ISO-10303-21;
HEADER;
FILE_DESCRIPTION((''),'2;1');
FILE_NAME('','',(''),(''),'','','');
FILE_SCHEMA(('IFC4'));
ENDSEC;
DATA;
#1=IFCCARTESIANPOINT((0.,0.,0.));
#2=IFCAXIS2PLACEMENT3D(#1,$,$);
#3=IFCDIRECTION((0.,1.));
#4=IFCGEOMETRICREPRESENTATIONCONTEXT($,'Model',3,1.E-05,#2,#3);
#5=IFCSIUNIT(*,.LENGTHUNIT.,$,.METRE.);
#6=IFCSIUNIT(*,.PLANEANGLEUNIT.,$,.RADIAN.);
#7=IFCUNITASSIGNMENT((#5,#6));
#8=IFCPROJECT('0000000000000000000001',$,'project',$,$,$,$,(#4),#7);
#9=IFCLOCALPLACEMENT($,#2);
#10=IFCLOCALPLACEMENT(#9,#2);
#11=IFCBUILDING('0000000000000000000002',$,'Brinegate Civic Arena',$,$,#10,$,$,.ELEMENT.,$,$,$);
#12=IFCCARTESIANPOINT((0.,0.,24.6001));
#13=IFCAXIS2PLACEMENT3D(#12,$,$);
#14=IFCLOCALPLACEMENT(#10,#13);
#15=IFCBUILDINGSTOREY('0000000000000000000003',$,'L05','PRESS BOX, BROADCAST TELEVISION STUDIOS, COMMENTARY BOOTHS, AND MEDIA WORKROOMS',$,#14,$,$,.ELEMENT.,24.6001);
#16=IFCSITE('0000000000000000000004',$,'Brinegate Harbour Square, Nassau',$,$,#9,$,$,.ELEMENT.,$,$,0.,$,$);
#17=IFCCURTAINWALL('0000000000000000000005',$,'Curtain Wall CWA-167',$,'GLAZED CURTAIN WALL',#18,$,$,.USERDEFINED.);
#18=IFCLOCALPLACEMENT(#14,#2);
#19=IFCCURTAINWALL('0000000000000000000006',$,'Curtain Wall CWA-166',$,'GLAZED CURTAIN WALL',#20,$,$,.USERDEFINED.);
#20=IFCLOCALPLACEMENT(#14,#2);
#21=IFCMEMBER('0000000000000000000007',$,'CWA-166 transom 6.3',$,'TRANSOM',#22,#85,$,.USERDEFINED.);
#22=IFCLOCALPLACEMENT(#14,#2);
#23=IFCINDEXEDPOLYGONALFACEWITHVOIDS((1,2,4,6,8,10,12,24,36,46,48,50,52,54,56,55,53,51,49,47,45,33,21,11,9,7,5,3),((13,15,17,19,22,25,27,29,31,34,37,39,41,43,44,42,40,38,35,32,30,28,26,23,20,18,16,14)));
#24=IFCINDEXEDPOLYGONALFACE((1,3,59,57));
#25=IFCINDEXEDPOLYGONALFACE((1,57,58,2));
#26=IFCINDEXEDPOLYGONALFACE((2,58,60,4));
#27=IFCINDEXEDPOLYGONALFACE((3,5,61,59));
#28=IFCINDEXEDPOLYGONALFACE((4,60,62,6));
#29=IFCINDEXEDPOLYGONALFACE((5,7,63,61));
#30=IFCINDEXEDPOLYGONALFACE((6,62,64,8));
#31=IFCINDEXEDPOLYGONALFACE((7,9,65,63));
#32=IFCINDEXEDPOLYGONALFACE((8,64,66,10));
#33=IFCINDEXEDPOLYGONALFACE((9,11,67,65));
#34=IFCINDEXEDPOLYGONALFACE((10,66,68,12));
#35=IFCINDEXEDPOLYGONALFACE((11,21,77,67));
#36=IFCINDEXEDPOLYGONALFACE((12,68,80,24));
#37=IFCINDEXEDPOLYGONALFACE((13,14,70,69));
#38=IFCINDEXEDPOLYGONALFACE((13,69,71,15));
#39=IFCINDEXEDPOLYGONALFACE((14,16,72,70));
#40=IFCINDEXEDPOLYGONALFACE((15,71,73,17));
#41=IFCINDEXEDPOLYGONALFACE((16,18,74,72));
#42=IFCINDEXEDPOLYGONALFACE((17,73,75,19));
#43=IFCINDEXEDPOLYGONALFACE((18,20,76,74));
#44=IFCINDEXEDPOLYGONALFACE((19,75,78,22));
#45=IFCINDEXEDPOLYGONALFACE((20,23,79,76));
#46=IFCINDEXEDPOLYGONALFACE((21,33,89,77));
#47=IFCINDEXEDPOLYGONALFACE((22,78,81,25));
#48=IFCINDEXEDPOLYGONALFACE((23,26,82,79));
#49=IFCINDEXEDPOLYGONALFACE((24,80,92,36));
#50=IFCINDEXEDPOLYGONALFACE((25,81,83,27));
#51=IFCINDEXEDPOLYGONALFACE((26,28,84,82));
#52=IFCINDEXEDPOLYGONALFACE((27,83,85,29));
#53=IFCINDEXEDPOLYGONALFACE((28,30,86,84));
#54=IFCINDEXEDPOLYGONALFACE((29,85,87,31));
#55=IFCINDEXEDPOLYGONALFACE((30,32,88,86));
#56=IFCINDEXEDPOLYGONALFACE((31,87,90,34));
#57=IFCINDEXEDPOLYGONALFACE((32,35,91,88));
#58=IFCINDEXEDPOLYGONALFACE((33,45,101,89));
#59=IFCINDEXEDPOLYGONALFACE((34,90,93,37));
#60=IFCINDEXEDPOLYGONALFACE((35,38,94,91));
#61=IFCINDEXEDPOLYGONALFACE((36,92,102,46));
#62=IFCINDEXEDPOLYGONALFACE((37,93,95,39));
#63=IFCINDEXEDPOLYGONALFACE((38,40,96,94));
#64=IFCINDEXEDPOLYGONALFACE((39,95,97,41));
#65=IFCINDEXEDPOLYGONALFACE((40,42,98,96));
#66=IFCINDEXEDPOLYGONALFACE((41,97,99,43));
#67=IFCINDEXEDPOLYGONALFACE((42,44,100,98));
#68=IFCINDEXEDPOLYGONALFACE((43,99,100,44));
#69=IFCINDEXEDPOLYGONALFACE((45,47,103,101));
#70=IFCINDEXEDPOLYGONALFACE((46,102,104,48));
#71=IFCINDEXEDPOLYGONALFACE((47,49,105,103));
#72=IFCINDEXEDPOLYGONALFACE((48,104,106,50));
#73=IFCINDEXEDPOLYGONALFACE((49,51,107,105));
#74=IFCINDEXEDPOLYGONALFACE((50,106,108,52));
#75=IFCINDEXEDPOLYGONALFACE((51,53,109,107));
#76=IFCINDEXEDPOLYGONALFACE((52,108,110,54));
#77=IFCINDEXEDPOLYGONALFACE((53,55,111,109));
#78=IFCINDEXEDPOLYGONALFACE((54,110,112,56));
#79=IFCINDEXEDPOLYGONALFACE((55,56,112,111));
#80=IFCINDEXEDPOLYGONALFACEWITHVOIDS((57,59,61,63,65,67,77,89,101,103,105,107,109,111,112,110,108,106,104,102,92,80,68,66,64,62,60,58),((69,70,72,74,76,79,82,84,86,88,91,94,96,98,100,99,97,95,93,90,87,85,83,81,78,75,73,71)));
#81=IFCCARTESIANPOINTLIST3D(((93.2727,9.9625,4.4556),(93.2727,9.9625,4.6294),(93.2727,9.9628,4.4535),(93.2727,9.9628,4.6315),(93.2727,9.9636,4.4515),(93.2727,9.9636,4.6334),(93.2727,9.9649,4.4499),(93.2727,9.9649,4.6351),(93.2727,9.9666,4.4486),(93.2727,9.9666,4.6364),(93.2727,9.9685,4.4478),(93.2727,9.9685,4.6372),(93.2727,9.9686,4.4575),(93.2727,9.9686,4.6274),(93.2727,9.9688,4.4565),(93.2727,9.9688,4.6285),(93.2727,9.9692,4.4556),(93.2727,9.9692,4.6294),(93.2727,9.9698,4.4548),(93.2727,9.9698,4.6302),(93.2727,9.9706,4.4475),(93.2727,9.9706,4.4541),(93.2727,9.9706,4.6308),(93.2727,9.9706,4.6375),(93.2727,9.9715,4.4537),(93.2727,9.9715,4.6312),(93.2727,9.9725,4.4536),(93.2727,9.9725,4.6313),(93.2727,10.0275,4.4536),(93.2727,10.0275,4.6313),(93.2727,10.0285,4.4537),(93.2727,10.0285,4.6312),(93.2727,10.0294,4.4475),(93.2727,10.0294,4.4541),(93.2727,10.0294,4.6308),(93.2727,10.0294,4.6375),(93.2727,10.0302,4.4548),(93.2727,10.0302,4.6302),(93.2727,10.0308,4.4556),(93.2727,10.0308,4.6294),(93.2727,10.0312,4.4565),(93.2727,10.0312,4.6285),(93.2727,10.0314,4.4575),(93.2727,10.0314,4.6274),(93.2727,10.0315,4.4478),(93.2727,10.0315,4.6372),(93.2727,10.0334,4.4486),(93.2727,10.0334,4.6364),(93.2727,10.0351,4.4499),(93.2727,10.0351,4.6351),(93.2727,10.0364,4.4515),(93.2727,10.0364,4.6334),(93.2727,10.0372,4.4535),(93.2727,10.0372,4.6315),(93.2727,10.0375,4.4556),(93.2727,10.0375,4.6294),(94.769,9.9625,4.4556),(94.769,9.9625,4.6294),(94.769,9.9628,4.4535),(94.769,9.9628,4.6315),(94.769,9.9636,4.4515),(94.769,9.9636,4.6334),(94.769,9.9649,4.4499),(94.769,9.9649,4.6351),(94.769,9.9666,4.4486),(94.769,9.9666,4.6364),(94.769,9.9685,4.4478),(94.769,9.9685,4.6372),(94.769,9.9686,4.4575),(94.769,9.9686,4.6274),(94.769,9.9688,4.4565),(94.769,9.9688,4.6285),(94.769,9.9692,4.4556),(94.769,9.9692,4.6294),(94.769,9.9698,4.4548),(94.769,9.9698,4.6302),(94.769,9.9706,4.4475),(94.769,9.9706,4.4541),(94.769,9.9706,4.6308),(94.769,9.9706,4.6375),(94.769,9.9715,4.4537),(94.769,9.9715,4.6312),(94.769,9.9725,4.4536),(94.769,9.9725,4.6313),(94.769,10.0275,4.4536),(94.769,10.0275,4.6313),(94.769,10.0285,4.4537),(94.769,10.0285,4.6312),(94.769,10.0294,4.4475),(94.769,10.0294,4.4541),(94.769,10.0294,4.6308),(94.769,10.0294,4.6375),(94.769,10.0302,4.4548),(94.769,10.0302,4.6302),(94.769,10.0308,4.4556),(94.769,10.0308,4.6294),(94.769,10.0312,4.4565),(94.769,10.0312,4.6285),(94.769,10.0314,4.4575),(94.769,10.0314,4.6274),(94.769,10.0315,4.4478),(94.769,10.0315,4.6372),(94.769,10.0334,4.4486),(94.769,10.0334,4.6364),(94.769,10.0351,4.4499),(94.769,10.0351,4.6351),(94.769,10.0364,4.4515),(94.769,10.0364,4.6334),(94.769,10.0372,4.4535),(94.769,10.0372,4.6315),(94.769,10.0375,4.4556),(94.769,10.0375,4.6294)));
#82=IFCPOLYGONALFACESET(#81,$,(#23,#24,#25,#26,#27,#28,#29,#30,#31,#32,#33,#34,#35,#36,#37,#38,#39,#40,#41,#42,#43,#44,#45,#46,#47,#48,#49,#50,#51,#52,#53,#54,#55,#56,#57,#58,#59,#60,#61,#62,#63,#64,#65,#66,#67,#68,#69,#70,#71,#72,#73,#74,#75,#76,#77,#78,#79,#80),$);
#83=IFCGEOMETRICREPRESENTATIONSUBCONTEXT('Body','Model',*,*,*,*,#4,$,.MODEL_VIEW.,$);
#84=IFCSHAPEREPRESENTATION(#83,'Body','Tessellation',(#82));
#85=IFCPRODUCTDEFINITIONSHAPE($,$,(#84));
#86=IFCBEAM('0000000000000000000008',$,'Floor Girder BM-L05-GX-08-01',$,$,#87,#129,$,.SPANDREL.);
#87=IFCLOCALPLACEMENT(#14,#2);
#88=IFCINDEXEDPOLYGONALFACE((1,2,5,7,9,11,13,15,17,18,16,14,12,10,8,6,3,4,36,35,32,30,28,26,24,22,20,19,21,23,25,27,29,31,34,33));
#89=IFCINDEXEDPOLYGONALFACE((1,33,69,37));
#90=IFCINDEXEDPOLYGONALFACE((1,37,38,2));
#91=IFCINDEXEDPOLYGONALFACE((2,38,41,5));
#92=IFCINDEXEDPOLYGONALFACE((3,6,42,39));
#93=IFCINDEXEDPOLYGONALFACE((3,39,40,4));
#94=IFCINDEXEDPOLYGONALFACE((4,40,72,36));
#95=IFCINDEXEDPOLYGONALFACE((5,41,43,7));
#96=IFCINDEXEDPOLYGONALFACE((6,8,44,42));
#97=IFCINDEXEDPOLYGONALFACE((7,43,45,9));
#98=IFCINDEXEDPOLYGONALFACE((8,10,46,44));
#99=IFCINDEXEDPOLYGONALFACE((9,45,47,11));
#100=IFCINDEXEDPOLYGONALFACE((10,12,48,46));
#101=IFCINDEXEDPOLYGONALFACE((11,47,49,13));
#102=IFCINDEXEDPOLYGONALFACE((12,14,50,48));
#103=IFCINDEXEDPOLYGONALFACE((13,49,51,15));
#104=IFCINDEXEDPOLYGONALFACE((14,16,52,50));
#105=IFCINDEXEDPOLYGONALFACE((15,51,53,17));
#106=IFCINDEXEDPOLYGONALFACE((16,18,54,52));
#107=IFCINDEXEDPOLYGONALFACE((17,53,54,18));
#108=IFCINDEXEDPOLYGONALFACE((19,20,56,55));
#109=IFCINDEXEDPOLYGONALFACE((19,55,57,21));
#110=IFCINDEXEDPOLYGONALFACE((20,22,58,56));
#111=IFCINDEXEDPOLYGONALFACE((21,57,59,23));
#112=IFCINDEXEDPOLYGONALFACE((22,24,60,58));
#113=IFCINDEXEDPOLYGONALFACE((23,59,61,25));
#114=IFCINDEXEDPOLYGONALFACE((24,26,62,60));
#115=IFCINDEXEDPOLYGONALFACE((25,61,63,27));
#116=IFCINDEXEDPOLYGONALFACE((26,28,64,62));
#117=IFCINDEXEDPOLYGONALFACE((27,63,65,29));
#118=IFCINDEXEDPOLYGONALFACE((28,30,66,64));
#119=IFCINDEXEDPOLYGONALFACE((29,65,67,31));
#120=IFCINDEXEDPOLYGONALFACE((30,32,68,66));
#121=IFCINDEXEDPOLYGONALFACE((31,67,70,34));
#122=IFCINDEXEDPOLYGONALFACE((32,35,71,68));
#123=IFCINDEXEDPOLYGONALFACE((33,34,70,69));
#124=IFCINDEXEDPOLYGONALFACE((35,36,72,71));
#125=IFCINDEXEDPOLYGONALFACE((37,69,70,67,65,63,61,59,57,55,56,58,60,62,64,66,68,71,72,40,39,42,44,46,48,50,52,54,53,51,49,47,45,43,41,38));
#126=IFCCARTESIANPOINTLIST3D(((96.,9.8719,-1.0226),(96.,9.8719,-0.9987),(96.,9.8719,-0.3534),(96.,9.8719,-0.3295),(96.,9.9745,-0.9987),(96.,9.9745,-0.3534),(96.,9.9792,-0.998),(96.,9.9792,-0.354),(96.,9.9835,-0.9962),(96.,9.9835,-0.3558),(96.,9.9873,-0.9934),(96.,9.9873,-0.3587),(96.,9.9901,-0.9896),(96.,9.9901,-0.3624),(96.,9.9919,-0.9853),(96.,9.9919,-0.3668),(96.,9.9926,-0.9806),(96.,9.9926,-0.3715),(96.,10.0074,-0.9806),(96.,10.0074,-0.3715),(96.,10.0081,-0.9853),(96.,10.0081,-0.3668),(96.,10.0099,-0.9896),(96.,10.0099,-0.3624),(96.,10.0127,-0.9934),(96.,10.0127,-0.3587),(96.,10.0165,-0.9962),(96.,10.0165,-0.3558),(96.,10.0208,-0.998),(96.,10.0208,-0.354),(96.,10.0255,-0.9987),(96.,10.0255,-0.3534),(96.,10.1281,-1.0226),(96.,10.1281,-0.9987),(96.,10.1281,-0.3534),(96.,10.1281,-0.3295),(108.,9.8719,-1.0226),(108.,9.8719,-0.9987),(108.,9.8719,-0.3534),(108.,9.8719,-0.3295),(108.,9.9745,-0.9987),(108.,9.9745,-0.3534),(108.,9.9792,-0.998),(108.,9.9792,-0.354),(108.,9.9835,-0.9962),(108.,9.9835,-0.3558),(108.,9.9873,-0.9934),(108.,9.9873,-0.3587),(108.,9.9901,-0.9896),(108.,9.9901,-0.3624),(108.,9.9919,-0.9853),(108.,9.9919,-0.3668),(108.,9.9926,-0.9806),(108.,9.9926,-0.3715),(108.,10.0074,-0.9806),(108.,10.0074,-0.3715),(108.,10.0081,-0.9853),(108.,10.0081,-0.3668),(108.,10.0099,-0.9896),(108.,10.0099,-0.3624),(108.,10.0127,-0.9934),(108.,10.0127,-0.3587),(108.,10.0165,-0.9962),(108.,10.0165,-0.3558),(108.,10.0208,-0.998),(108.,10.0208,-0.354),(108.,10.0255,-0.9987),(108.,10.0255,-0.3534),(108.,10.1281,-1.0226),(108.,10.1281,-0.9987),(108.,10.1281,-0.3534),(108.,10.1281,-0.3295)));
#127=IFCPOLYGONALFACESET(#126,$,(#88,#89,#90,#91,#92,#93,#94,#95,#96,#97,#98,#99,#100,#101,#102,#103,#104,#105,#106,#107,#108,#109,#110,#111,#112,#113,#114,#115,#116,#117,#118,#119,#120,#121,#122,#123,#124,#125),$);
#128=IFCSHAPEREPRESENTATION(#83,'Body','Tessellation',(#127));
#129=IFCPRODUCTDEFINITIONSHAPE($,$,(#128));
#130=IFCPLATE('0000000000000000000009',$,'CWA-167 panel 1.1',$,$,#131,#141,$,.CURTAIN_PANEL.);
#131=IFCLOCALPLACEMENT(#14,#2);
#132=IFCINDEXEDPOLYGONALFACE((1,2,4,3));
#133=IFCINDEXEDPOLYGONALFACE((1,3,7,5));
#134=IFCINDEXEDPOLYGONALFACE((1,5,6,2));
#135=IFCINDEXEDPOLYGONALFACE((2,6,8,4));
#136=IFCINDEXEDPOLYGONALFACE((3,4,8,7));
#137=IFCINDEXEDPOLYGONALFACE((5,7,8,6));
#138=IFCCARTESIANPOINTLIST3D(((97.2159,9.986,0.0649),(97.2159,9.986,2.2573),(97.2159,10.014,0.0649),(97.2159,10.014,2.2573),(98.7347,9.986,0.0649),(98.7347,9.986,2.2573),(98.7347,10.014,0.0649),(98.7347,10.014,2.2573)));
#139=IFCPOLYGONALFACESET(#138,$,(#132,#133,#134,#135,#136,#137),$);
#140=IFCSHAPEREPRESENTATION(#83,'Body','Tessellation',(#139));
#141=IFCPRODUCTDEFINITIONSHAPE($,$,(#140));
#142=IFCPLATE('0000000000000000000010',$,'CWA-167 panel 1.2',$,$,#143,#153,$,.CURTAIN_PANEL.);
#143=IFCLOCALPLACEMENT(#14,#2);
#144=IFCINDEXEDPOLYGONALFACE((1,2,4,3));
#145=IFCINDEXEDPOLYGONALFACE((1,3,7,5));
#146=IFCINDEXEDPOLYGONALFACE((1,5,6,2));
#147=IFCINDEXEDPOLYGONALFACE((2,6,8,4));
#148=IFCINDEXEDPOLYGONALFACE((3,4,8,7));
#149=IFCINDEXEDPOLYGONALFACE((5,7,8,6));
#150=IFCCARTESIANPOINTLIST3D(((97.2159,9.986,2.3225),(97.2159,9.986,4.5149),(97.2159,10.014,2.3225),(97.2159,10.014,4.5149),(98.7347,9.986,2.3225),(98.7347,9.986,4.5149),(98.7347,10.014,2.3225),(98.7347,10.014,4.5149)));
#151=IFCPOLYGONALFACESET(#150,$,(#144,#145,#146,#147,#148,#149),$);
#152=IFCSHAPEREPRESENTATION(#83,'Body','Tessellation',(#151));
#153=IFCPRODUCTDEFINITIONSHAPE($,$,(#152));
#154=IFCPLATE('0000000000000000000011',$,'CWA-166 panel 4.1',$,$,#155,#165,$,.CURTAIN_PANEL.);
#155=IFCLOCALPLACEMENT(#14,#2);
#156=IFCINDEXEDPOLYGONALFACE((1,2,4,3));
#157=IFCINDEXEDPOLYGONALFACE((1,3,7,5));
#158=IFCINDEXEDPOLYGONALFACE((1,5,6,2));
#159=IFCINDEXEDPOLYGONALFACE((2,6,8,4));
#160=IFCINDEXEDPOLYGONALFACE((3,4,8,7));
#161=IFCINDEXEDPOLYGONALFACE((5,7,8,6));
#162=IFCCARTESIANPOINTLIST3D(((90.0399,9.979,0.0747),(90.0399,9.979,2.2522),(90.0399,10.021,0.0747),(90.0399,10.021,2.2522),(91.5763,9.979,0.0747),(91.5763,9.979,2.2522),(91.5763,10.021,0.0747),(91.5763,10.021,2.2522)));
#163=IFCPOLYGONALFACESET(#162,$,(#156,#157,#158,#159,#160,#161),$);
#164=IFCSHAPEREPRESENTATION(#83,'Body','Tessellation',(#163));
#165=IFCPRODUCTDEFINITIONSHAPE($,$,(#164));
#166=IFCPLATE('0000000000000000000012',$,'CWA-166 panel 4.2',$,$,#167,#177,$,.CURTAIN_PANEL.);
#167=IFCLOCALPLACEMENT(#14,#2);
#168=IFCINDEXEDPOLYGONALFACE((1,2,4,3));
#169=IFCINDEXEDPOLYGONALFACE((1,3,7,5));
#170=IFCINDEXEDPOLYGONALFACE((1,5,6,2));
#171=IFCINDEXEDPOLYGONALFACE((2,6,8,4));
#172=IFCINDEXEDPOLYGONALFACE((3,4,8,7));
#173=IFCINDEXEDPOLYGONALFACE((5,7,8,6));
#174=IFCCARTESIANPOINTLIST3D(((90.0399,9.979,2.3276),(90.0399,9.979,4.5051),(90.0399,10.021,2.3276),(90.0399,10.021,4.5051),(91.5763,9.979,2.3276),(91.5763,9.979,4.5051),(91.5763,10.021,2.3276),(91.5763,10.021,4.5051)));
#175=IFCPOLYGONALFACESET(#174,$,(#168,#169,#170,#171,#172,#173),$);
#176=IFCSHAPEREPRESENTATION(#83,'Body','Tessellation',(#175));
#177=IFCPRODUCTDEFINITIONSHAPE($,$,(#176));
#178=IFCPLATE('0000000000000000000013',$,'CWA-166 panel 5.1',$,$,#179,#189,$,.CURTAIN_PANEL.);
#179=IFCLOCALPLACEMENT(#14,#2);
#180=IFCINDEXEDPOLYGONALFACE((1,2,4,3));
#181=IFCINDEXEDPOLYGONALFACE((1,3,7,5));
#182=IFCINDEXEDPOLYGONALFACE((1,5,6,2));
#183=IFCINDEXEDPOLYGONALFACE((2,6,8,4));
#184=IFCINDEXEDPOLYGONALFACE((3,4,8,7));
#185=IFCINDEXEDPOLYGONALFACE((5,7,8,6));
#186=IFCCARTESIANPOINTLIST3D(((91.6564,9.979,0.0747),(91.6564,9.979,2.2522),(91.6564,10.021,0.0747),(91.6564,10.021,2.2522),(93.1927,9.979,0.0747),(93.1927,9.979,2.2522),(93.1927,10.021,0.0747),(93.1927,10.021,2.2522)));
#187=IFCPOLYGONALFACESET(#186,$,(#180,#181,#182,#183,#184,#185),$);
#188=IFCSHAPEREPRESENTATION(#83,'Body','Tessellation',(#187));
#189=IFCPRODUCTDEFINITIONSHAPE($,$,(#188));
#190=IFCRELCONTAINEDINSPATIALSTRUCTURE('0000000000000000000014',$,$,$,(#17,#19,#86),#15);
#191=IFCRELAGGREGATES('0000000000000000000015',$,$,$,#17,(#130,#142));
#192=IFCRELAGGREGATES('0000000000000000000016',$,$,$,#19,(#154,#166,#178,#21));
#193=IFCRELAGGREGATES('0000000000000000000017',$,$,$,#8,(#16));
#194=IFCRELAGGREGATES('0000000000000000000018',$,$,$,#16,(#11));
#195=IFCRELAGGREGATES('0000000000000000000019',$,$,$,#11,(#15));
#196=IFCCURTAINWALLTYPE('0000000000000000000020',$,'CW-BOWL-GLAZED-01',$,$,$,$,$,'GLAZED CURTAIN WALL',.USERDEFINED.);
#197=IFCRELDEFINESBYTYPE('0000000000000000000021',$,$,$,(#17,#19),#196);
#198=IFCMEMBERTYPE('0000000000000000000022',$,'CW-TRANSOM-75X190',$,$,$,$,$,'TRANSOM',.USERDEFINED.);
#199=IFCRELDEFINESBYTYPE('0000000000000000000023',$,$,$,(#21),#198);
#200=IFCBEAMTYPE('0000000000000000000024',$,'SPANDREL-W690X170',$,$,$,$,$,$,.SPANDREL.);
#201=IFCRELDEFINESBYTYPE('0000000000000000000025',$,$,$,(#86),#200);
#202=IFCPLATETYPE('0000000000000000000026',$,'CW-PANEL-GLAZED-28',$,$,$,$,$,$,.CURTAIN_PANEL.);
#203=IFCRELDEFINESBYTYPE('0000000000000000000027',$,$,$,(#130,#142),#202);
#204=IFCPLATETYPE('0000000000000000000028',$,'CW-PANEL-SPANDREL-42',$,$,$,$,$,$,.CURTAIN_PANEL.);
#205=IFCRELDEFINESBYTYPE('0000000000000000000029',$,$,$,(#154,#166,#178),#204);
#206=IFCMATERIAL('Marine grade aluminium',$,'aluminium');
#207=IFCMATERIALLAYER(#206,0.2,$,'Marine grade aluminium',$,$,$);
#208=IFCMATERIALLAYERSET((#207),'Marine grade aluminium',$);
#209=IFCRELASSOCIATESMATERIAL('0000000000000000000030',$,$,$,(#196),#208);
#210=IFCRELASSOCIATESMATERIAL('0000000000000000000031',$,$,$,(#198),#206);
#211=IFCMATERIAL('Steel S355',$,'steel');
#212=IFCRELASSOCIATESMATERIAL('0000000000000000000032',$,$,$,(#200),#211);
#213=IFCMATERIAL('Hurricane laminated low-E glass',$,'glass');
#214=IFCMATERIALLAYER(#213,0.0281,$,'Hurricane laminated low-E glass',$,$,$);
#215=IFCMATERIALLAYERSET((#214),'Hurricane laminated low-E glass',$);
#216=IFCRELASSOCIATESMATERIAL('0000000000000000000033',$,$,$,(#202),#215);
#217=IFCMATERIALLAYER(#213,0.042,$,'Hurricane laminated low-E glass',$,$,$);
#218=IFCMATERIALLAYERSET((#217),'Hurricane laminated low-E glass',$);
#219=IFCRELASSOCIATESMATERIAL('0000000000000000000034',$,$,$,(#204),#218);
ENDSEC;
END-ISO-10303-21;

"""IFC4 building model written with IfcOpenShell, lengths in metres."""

from ifc_helpers import new_model, si_unit, direction, frame, origin, origin_2d, place, context, subcontext, project, spatial, rectangle, hollow_rectangle, i_section, extrude, material, layer, layer_set, material_profile, profile_set, type_object, element, aggregate, save


model = new_model("IFC4")

# Units and contexts
model_context = context("Model", 3, precision=1e-05, world=origin(), true_north=direction((0.0, 1.0)))
body_context = subcontext(model_context, "Body", "Model", "MODEL_VIEW")
ifc_project = project(units=[si_unit("LENGTHUNIT", "METRE"), si_unit("PLANEANGLEUNIT", "RADIAN")], contexts=[model_context])

# Site, building, storey
site_placement = place(None, origin())
site = spatial("IfcSite", under=ifc_project, at=site_placement, Name="Brinegate Harbour Square, Nassau", CompositionType="ELEMENT", RefElevation=0.0)
building_placement = place(site_placement, origin())
building = spatial("IfcBuilding", under=site, at=building_placement, Name="Brinegate Civic Arena", CompositionType="ELEMENT")
storey_placement = place(building_placement, frame((0.0, 0.0, 24.6001)))
storey = spatial("IfcBuildingStorey", under=building, at=storey_placement, Name="L05", Description="PRESS BOX, BROADCAST TELEVISION STUDIOS, COMMENTARY BOOTHS, AND MEDIA WORKROOMS", CompositionType="ELEMENT", Elevation=24.6001)

# Curtain wall
ifc_material_1 = material(Name="Marine grade aluminium", Category="aluminium")
ifc_layer_1 = layer(ifc_material_1, 0.2, Name="Marine grade aluminium")
ifc_layer_set_1 = layer_set([ifc_layer_1], Name="Marine grade aluminium")
curtain_wall_type = type_object("IfcCurtainWallType", Name="CW-BOWL-GLAZED-01", ElementType="GLAZED CURTAIN WALL", PredefinedType="USERDEFINED", material=ifc_layer_set_1)
curtain_wall_1_placement = place(storey_placement, origin())
curtain_wall_1 = element("IfcCurtainWall", 1, at=curtain_wall_1_placement, inside=storey, type_object=curtain_wall_type, Name="Curtain Wall CWA-167", ObjectType="GLAZED CURTAIN WALL", PredefinedType="USERDEFINED")

# Curtain wall
curtain_wall_2_placement = place(storey_placement, origin())
curtain_wall_2 = element("IfcCurtainWall", 2, at=curtain_wall_2_placement, inside=storey, type_object=curtain_wall_type, Name="Curtain Wall CWA-166", ObjectType="GLAZED CURTAIN WALL", PredefinedType="USERDEFINED")

# Member
ifc_material_profile_1 = material_profile(ifc_material_1, hollow_rectangle(XDim=0.075, YDim=0.1899, WallThickness=0.0061, InnerFilletRadius=0.0039, OuterFilletRadius=0.0081, at=origin_2d()), Name="TRN75X190")
ifc_profile_set_1 = profile_set([ifc_material_profile_1], Name="Marine grade aluminium")
member_type_1 = type_object("IfcMemberType", Name="CW-TRANSOM-75X190", ElementType="TRANSOM", PredefinedType="USERDEFINED", material=ifc_profile_set_1)
member_1_placement = place(storey_placement, frame((93.2727, 10.0, 4.5425), z_axis=(1.0, 0.0, 0.0), x_axis=(0.0, 1.0, 0.0)))
member_1 = element("IfcMember", 3, at=member_1_placement, type_object=member_type_1, Name="CWA-166 transom 6.3", ObjectType="TRANSOM", PredefinedType="USERDEFINED", context=body_context, shape_type="SweptSolid", body=[
    extrude(hollow_rectangle(XDim=0.075, YDim=0.1899, WallThickness=0.0061, InnerFilletRadius=0.0039, OuterFilletRadius=0.0081, at=origin_2d()), origin(), (0.0, 0.0, 1.0), 1.4963),
])

# Beam
ifc_material_2 = material(Name="Steel S355", Category="steel")
ifc_material_profile_2 = material_profile(ifc_material_2, i_section(OverallWidth=0.2561, OverallDepth=0.6931, WebThickness=0.0149, FlangeThickness=0.0239, FilletRadius=0.0181, at=origin_2d()), Name="W690X170")
ifc_profile_set_2 = profile_set([ifc_material_profile_2], Name="Steel S355")
beam_type = type_object("IfcBeamType", Name="SPANDREL-W690X170", PredefinedType="SPANDREL", material=ifc_profile_set_2)
beam_placement = place(storey_placement, frame((96.0, 10.0, -0.676), z_axis=(1.0, 0.0, 0.0), x_axis=(0.0, 1.0, 0.0)))
element("IfcBeam", 4, at=beam_placement, inside=storey, type_object=beam_type, Name="Floor Girder BM-L05-GX-08-01", PredefinedType="SPANDREL", context=body_context, shape_type="SweptSolid", body=[
    extrude(i_section(OverallWidth=0.2561, OverallDepth=0.6931, WebThickness=0.0149, FlangeThickness=0.0239, FilletRadius=0.0181, at=origin_2d()), origin(), (0.0, 0.0, 1.0), 12.0),
])

# Plates
ifc_material_3 = material(Name="Hurricane laminated low-E glass", Category="glass")
ifc_layer_2 = layer(ifc_material_3, 0.0281, Name="Hurricane laminated low-E glass")
ifc_layer_set_2 = layer_set([ifc_layer_2], Name="Hurricane laminated low-E glass")
plate_type_1 = type_object("IfcPlateType", Name="CW-PANEL-GLAZED-28", PredefinedType="CURTAIN_PANEL", material=ifc_layer_set_2)
plate_1_placement = place(storey_placement, frame((97.9753, 10.0, 0.0649), z_axis=(0.0, 0.0, 1.0), x_axis=(1.0, 0.0, 0.0)))
plate_1 = element("IfcPlate", 5, at=plate_1_placement, type_object=plate_type_1, Name="CWA-167 panel 1.1", PredefinedType="CURTAIN_PANEL", context=body_context, shape_type="SweptSolid", body=[
    extrude(rectangle(XDim=1.5188, YDim=0.0281, at=origin_2d()), origin(), (0.0, 0.0, 1.0), 2.1924),
])
plate_2_placement = place(storey_placement, frame((97.9753, 10.0, 2.3225), z_axis=(0.0, 0.0, 1.0), x_axis=(1.0, 0.0, 0.0)))
plate_2 = element("IfcPlate", 6, at=plate_2_placement, type_object=plate_type_1, Name="CWA-167 panel 1.2", PredefinedType="CURTAIN_PANEL", context=body_context, shape_type="SweptSolid", body=[
    extrude(rectangle(XDim=1.5188, YDim=0.0281, at=origin_2d()), origin(), (0.0, 0.0, 1.0), 2.1924),
])
aggregate(curtain_wall_1, [plate_1, plate_2])
ifc_layer_3 = layer(ifc_material_3, 0.042, Name="Hurricane laminated low-E glass")
ifc_layer_set_3 = layer_set([ifc_layer_3], Name="Hurricane laminated low-E glass")
plate_type_2 = type_object("IfcPlateType", Name="CW-PANEL-SPANDREL-42", PredefinedType="CURTAIN_PANEL", material=ifc_layer_set_3)
plate_3_placement = place(storey_placement, frame((90.8081, 10.0, 0.0747), z_axis=(0.0, 0.0, 1.0), x_axis=(1.0, 0.0, 0.0)))
plate_3 = element("IfcPlate", 7, at=plate_3_placement, type_object=plate_type_2, Name="CWA-166 panel 4.1", PredefinedType="CURTAIN_PANEL", context=body_context, shape_type="SweptSolid", body=[
    extrude(rectangle(XDim=1.5364, YDim=0.042, at=origin_2d()), origin(), (0.0, 0.0, 1.0), 2.1775),
])
plate_4_placement = place(storey_placement, frame((90.8081, 10.0, 2.3276), z_axis=(0.0, 0.0, 1.0), x_axis=(1.0, 0.0, 0.0)))
plate_4 = element("IfcPlate", 8, at=plate_4_placement, type_object=plate_type_2, Name="CWA-166 panel 4.2", PredefinedType="CURTAIN_PANEL", context=body_context, shape_type="SweptSolid", body=[
    extrude(rectangle(XDim=1.5364, YDim=0.042, at=origin_2d()), origin(), (0.0, 0.0, 1.0), 2.1775),
])
plate_5_placement = place(storey_placement, frame((92.4246, 10.0, 0.0747), z_axis=(0.0, 0.0, 1.0), x_axis=(1.0, 0.0, 0.0)))
plate_5 = element("IfcPlate", 9, at=plate_5_placement, type_object=plate_type_2, Name="CWA-166 panel 5.1", PredefinedType="CURTAIN_PANEL", context=body_context, shape_type="SweptSolid", body=[
    extrude(rectangle(XDim=1.5364, YDim=0.042, at=origin_2d()), origin(), (0.0, 0.0, 1.0), 2.1775),
])
aggregate(curtain_wall_2, [plate_3, plate_4, plate_5, member_1])

save(model, "model.ifc")
